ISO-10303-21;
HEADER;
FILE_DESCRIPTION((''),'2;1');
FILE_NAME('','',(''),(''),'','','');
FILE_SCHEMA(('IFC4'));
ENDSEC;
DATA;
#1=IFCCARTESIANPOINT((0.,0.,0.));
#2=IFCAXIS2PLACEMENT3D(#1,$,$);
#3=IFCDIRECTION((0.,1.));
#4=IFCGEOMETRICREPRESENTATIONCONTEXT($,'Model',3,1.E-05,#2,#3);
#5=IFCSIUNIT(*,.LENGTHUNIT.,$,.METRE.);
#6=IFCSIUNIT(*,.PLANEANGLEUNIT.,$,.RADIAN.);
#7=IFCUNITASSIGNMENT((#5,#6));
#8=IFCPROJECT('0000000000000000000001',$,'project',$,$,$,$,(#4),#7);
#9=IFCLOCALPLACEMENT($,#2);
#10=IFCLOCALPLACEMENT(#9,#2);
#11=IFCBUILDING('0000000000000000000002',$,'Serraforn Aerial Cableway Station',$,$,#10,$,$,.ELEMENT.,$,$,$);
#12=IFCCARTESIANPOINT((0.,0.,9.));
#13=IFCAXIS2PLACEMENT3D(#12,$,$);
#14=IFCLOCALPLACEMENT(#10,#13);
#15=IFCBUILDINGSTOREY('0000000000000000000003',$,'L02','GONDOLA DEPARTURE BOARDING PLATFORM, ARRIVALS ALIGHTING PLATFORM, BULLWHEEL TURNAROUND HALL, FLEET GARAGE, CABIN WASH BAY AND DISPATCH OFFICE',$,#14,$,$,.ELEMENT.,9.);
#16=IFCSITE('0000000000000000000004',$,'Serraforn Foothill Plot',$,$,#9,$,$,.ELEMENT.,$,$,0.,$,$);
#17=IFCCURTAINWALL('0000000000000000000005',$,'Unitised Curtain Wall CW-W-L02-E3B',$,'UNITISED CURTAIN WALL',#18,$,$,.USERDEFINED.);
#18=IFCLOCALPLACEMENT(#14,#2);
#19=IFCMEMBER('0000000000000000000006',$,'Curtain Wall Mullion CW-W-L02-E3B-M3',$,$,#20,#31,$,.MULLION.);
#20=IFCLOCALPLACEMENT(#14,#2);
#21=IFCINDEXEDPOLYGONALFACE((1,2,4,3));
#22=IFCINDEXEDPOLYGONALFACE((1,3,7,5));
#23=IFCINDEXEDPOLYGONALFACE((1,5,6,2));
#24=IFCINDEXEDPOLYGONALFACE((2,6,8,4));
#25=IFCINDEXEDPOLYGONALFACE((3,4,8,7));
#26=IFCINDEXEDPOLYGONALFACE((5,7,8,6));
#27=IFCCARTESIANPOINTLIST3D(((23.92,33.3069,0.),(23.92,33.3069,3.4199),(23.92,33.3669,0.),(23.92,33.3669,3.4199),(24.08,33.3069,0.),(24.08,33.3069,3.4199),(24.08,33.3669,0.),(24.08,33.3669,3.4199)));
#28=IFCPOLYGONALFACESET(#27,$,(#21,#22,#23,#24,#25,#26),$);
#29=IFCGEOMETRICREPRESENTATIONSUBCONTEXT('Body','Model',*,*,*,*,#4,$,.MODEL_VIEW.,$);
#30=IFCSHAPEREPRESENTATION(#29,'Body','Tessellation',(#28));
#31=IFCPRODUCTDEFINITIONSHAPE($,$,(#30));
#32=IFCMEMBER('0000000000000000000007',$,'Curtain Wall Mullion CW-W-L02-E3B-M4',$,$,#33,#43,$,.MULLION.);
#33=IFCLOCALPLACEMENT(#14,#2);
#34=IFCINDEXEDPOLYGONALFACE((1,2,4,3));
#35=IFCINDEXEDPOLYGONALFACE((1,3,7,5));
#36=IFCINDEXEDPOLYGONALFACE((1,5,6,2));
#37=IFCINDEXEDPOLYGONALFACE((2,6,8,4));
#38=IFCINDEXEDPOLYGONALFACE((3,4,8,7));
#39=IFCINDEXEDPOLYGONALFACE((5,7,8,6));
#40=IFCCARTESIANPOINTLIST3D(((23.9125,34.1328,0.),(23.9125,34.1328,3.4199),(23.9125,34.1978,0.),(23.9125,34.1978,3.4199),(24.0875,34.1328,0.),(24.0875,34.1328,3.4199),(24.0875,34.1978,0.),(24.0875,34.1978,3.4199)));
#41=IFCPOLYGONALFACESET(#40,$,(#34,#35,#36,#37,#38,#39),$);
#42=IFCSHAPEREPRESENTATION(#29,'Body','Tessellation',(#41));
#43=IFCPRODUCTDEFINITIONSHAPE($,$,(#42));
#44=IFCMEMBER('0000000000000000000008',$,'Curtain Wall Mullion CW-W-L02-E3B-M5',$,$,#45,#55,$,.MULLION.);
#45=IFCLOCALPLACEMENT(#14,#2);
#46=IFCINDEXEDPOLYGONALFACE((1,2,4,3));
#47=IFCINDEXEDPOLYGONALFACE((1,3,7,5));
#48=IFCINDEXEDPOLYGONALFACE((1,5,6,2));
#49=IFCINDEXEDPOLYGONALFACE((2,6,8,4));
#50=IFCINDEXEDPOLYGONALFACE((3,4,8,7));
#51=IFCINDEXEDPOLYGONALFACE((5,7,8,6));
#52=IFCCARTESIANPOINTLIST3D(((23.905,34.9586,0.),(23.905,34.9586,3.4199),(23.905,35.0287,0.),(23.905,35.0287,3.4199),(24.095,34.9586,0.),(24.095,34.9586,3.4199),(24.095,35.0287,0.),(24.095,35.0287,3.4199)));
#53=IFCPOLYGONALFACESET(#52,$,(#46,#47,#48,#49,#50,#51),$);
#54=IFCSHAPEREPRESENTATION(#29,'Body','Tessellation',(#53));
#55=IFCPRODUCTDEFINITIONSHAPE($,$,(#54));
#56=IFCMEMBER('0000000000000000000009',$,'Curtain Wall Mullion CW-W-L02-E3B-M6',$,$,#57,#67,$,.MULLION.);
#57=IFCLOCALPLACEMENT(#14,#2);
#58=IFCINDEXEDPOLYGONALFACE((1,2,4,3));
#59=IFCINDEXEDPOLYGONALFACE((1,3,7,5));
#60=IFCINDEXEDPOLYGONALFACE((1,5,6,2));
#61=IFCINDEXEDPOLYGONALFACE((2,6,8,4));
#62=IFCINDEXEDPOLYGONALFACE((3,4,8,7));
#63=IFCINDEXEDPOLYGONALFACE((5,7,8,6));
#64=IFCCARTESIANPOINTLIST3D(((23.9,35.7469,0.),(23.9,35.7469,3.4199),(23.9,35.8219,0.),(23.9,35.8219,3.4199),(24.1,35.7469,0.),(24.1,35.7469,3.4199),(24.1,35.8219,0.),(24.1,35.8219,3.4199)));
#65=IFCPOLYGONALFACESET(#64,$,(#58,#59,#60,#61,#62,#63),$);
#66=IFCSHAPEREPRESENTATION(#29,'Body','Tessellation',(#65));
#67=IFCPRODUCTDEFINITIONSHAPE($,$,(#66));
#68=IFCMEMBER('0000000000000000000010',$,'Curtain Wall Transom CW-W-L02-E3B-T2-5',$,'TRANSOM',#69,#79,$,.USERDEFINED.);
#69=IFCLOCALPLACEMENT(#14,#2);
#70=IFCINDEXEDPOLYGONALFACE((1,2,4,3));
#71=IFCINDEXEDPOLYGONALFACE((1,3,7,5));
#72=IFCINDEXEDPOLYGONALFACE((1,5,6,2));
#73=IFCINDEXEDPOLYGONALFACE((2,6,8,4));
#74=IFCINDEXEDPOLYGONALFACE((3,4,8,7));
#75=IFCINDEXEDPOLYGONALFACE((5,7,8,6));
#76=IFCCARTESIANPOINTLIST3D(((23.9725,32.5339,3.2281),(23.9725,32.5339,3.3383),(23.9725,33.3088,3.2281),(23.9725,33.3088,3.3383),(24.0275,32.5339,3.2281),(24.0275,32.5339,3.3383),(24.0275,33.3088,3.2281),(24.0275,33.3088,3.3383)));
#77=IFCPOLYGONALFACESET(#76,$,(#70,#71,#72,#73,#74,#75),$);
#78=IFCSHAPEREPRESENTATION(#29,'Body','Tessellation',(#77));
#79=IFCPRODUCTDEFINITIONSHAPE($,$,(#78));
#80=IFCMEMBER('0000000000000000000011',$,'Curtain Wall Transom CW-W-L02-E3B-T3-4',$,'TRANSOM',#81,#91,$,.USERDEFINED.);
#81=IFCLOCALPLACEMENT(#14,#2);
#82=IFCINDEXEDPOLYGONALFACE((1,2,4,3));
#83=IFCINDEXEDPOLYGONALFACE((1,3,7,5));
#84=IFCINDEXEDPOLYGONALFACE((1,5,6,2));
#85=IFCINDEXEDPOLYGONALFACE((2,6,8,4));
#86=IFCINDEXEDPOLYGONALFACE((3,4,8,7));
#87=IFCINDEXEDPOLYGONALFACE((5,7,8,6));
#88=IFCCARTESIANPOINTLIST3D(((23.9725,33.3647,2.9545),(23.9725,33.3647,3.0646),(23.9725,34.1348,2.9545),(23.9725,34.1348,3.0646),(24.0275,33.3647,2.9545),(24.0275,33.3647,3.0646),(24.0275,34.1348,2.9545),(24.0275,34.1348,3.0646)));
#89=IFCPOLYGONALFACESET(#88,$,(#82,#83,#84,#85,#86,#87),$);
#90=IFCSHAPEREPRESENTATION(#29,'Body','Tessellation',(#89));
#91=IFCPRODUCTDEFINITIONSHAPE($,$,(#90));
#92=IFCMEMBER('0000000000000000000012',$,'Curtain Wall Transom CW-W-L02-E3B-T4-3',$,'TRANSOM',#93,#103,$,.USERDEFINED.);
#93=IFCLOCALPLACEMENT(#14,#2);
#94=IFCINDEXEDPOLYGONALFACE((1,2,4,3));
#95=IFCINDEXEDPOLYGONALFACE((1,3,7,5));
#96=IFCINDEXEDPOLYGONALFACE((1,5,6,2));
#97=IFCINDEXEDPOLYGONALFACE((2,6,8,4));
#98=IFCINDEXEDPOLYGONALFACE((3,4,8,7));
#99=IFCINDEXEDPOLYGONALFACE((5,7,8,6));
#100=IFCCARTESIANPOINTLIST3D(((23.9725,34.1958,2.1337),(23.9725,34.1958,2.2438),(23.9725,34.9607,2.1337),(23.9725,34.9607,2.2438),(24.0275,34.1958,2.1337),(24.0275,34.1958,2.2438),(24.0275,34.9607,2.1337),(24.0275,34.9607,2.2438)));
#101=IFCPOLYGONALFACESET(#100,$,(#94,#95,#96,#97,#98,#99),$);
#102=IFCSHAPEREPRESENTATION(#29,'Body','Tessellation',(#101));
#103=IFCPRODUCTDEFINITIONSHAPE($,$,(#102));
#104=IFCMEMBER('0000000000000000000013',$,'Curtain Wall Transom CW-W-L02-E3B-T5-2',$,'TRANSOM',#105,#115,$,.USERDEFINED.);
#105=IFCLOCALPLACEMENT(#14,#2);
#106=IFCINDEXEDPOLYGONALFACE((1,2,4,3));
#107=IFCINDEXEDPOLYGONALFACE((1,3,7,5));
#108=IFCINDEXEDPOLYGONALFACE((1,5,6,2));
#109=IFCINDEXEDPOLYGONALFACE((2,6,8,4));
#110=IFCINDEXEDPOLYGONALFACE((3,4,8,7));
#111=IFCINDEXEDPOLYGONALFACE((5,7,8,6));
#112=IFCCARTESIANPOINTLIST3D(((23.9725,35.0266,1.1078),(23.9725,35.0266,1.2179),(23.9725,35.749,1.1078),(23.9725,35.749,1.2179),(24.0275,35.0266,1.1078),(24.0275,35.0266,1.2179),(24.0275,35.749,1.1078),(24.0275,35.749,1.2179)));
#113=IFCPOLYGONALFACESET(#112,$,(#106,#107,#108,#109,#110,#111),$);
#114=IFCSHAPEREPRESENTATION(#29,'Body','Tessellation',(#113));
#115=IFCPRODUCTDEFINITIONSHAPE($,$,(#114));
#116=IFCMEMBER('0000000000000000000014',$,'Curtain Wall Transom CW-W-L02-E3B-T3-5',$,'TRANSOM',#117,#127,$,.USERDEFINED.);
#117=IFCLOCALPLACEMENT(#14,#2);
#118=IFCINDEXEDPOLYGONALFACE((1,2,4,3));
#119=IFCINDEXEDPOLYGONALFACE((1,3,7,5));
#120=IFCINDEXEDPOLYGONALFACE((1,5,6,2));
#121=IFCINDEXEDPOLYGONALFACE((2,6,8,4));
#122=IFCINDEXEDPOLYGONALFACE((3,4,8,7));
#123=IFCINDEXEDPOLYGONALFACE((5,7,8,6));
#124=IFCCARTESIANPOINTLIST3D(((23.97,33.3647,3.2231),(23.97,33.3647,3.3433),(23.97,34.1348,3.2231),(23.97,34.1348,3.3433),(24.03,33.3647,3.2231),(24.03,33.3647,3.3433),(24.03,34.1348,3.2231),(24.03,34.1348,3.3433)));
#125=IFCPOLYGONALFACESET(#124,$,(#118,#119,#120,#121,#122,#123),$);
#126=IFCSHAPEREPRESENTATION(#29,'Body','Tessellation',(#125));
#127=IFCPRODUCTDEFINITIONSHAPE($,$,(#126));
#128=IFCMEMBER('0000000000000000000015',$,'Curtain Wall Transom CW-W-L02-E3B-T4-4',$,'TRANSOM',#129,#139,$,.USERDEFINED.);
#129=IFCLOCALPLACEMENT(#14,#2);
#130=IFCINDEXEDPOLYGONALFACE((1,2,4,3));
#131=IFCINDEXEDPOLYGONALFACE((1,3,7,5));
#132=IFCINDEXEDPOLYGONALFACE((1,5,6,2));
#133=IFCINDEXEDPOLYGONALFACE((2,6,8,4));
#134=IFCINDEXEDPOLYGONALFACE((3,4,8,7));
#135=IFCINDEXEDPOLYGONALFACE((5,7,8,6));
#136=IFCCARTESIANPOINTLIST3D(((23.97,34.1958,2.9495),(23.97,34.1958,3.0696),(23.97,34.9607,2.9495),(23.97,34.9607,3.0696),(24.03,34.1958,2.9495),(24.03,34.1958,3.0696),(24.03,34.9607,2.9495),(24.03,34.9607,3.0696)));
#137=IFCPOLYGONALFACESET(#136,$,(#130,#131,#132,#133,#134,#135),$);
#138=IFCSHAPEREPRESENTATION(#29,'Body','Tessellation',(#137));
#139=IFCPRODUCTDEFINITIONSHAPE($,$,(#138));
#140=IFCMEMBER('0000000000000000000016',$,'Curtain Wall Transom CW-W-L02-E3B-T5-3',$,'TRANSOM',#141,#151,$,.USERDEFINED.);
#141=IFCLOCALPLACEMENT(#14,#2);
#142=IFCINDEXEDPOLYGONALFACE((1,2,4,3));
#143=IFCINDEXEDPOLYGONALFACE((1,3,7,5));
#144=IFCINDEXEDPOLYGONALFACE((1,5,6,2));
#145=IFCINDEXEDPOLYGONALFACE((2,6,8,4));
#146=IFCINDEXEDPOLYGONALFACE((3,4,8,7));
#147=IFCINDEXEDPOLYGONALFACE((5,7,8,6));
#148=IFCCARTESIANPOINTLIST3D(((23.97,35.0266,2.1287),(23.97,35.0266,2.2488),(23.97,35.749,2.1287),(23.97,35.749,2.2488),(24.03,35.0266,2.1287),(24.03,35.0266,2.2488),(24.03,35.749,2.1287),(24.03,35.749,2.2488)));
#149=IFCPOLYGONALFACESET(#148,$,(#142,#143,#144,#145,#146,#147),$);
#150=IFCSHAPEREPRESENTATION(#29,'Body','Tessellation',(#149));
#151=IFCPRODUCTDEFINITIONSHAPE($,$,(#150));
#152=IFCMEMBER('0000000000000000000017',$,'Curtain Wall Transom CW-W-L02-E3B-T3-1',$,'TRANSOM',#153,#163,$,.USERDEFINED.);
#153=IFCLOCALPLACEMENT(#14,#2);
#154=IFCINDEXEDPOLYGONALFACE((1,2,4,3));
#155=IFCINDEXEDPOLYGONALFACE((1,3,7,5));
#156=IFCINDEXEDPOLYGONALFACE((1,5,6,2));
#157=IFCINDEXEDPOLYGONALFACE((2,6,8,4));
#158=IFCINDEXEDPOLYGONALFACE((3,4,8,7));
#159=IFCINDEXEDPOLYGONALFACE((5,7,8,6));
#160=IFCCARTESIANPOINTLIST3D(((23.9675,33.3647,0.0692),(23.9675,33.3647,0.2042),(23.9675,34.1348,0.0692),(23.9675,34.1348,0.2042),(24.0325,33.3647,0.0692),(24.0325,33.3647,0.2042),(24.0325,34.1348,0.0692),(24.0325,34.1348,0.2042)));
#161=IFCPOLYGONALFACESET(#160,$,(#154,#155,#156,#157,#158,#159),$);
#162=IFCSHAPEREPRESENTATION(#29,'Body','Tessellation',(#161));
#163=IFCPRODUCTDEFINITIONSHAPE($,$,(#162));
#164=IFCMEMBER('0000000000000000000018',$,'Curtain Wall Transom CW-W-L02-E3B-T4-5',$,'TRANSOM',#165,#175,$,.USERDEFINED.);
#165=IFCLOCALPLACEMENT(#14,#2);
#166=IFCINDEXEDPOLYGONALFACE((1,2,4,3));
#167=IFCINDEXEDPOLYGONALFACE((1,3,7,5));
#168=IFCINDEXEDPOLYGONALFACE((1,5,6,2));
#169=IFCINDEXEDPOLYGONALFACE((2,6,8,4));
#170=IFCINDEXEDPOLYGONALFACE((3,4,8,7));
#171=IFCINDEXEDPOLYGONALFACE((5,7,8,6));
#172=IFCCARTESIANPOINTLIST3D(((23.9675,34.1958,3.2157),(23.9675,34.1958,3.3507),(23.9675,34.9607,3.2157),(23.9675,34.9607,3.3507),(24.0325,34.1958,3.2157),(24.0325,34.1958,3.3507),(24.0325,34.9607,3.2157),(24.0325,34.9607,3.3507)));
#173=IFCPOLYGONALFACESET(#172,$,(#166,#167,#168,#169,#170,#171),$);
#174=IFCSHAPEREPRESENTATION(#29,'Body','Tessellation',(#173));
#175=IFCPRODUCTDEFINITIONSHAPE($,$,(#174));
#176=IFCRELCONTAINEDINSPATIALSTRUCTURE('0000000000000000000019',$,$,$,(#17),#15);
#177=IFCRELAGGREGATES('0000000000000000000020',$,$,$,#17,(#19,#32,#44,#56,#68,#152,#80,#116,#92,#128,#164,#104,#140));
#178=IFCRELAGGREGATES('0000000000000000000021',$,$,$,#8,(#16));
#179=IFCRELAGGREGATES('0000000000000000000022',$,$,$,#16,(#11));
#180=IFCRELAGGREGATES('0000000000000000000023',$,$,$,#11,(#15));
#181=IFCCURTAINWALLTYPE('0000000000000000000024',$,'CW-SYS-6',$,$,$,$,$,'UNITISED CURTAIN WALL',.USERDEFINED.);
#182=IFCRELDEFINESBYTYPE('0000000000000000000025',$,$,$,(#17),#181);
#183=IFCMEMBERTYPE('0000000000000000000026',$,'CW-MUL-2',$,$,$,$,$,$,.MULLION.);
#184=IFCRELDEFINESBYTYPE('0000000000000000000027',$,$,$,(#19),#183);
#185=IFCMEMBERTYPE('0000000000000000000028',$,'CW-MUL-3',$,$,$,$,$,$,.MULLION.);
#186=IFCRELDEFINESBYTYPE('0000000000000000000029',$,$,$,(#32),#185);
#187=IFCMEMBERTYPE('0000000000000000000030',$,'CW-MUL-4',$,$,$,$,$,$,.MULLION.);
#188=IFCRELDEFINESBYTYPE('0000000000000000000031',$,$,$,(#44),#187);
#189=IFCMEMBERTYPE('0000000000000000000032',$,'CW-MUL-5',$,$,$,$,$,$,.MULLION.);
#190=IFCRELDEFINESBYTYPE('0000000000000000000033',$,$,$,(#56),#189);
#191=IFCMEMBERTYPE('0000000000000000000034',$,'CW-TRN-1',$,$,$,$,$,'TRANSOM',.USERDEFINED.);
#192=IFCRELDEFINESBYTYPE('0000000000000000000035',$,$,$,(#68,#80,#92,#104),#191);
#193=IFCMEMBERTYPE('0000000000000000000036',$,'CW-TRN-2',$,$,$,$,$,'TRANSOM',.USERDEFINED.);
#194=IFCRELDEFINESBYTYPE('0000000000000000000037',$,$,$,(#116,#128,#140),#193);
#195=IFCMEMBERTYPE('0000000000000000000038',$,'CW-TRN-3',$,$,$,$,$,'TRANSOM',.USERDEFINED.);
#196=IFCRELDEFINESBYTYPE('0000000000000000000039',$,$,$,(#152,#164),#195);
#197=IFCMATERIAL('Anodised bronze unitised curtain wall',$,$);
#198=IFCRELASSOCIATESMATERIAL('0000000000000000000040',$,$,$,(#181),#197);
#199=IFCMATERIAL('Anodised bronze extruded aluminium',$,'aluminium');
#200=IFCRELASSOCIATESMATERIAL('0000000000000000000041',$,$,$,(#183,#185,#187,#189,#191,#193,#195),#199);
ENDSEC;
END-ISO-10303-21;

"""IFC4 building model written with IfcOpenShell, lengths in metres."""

from ifc_helpers import new_model, si_unit, direction, frame, origin, origin_2d, place, context, subcontext, project, spatial, rectangle, extrude, material, material_profile, profile_set, type_object, element, aggregate, save


model = new_model("IFC4")

# Units and contexts
model_context = context("Model", 3, precision=1e-05, world=origin(), true_north=direction((0.0, 1.0)))
body_context = subcontext(model_context, "Body", "Model", "MODEL_VIEW")
ifc_project = project(units=[si_unit("LENGTHUNIT", "METRE"), si_unit("PLANEANGLEUNIT", "RADIAN")], contexts=[model_context])

# Site, building, storey
site_placement = place(None, origin())
site = spatial("IfcSite", under=ifc_project, at=site_placement, Name="Serraforn Foothill Plot", CompositionType="ELEMENT", RefElevation=0.0)
building_placement = place(site_placement, origin())
building = spatial("IfcBuilding", under=site, at=building_placement, Name="Serraforn Aerial Cableway Station", CompositionType="ELEMENT")
storey_placement = place(building_placement, frame((0.0, 0.0, 9.0)))
storey = spatial("IfcBuildingStorey", under=building, at=storey_placement, Name="L02", Description="GONDOLA DEPARTURE BOARDING PLATFORM, ARRIVALS ALIGHTING PLATFORM, BULLWHEEL TURNAROUND HALL, FLEET GARAGE, CABIN WASH BAY AND DISPATCH OFFICE", CompositionType="ELEMENT", Elevation=9.0)

# Curtain wall, members
ifc_material_1 = material(Name="Anodised bronze unitised curtain wall")
curtain_wall_type = type_object("IfcCurtainWallType", Name="CW-SYS-6", ElementType="UNITISED CURTAIN WALL", PredefinedType="USERDEFINED", material=ifc_material_1)
curtain_wall_placement = place(storey_placement, origin())
curtain_wall = element("IfcCurtainWall", 1, at=curtain_wall_placement, inside=storey, type_object=curtain_wall_type, Name="Unitised Curtain Wall CW-W-L02-E3B", ObjectType="UNITISED CURTAIN WALL", PredefinedType="USERDEFINED")
ifc_material_2 = material(Name="Anodised bronze extruded aluminium", Category="aluminium")
ifc_material_profile_1 = material_profile(ifc_material_2, rectangle(XDim=0.0601, YDim=0.1599, at=origin_2d()), Name="CW MULLION 60x160")
ifc_profile_set_1 = profile_set([ifc_material_profile_1], Name="Anodised bronze extruded aluminium")
member_type_1 = type_object("IfcMemberType", Name="CW-MUL-2", PredefinedType="MULLION", material=ifc_profile_set_1)
member_1_placement = place(storey_placement, frame((24.0, 33.3369, 0.0), z_axis=(0.0, 0.0, 1.0), x_axis=(0.0, 1.0, 0.0)))
member_1 = element("IfcMember", 2, at=member_1_placement, type_object=member_type_1, Name="Curtain Wall Mullion CW-W-L02-E3B-M3", PredefinedType="MULLION", context=body_context, shape_type="SweptSolid", body=[
    extrude(rectangle(XDim=0.0601, YDim=0.1599, at=origin_2d()), origin(), (0.0, 0.0, 1.0), 3.4199),
])
ifc_material_profile_2 = material_profile(ifc_material_2, rectangle(XDim=0.0649, YDim=0.175, at=origin_2d()), Name="CW MULLION 65x175")
ifc_profile_set_2 = profile_set([ifc_material_profile_2], Name="Anodised bronze extruded aluminium")
member_type_2 = type_object("IfcMemberType", Name="CW-MUL-3", PredefinedType="MULLION", material=ifc_profile_set_2)
member_2_placement = place(storey_placement, frame((24.0, 34.1653, 0.0), z_axis=(0.0, 0.0, 1.0), x_axis=(0.0, 1.0, 0.0)))
member_2 = element("IfcMember", 3, at=member_2_placement, type_object=member_type_2, Name="Curtain Wall Mullion CW-W-L02-E3B-M4", PredefinedType="MULLION", context=body_context, shape_type="SweptSolid", body=[
    extrude(rectangle(XDim=0.0649, YDim=0.175, at=origin_2d()), origin(), (0.0, 0.0, 1.0), 3.4199),
])
ifc_material_profile_3 = material_profile(ifc_material_2, rectangle(XDim=0.0701, YDim=0.1899, at=origin_2d()), Name="CW MULLION 70x190")
ifc_profile_set_3 = profile_set([ifc_material_profile_3], Name="Anodised bronze extruded aluminium")
member_type_3 = type_object("IfcMemberType", Name="CW-MUL-4", PredefinedType="MULLION", material=ifc_profile_set_3)
member_3_placement = place(storey_placement, frame((24.0, 34.9937, 0.0), z_axis=(0.0, 0.0, 1.0), x_axis=(0.0, 1.0, 0.0)))
member_3 = element("IfcMember", 4, at=member_3_placement, type_object=member_type_3, Name="Curtain Wall Mullion CW-W-L02-E3B-M5", PredefinedType="MULLION", context=body_context, shape_type="SweptSolid", body=[
    extrude(rectangle(XDim=0.0701, YDim=0.1899, at=origin_2d()), origin(), (0.0, 0.0, 1.0), 3.4199),
])
ifc_material_profile_4 = material_profile(ifc_material_2, rectangle(XDim=0.075, YDim=0.2, at=origin_2d()), Name="CW MULLION 75x200")
ifc_profile_set_4 = profile_set([ifc_material_profile_4], Name="Anodised bronze extruded aluminium")
member_type_4 = type_object("IfcMemberType", Name="CW-MUL-5", PredefinedType="MULLION", material=ifc_profile_set_4)
member_4_placement = place(storey_placement, frame((24.0, 35.7844, 0.0), z_axis=(0.0, 0.0, 1.0), x_axis=(0.0, 1.0, 0.0)))
member_4 = element("IfcMember", 5, at=member_4_placement, type_object=member_type_4, Name="Curtain Wall Mullion CW-W-L02-E3B-M6", PredefinedType="MULLION", context=body_context, shape_type="SweptSolid", body=[
    extrude(rectangle(XDim=0.075, YDim=0.2, at=origin_2d()), origin(), (0.0, 0.0, 1.0), 3.4199),
])
ifc_material_profile_5 = material_profile(ifc_material_2, rectangle(XDim=0.0549, YDim=0.1101, at=origin_2d()), Name="CW TRANSOM 55x110")
ifc_profile_set_5 = profile_set([ifc_material_profile_5], Name="Anodised bronze extruded aluminium")
member_type_5 = type_object("IfcMemberType", Name="CW-TRN-1", ElementType="TRANSOM", PredefinedType="USERDEFINED", material=ifc_profile_set_5)
member_5_placement = place(storey_placement, frame((24.0, 32.5339, 3.2832), z_axis=(0.0, 1.0, 0.0), x_axis=(-1.0, 0.0, 0.0)))
member_5 = element("IfcMember", 6, at=member_5_placement, type_object=member_type_5, Name="Curtain Wall Transom CW-W-L02-E3B-T2-5", ObjectType="TRANSOM", PredefinedType="USERDEFINED", context=body_context, shape_type="SweptSolid", body=[
    extrude(rectangle(XDim=0.0549, YDim=0.1101, at=origin_2d()), origin(), (0.0, 0.0, 1.0), 0.7749),
])
member_6_placement = place(storey_placement, frame((24.0, 33.3647, 3.0095), z_axis=(0.0, 1.0, 0.0), x_axis=(-1.0, 0.0, 0.0)))
member_6 = element("IfcMember", 7, at=member_6_placement, type_object=member_type_5, Name="Curtain Wall Transom CW-W-L02-E3B-T3-4", ObjectType="TRANSOM", PredefinedType="USERDEFINED", context=body_context, shape_type="SweptSolid", body=[
    extrude(rectangle(XDim=0.0549, YDim=0.1101, at=origin_2d()), origin(), (0.0, 0.0, 1.0), 0.77),
])
member_7_placement = place(storey_placement, frame((24.0, 34.1958, 2.1887), z_axis=(0.0, 1.0, 0.0), x_axis=(-1.0, 0.0, 0.0)))
member_7 = element("IfcMember", 8, at=member_7_placement, type_object=member_type_5, Name="Curtain Wall Transom CW-W-L02-E3B-T4-3", ObjectType="TRANSOM", PredefinedType="USERDEFINED", context=body_context, shape_type="SweptSolid", body=[
    extrude(rectangle(XDim=0.0549, YDim=0.1101, at=origin_2d()), origin(), (0.0, 0.0, 1.0), 0.7649),
])
member_8_placement = place(storey_placement, frame((24.0, 35.0266, 1.1628), z_axis=(0.0, 1.0, 0.0), x_axis=(-1.0, 0.0, 0.0)))
member_8 = element("IfcMember", 9, at=member_8_placement, type_object=member_type_5, Name="Curtain Wall Transom CW-W-L02-E3B-T5-2", ObjectType="TRANSOM", PredefinedType="USERDEFINED", context=body_context, shape_type="SweptSolid", body=[
    extrude(rectangle(XDim=0.0549, YDim=0.1101, at=origin_2d()), origin(), (0.0, 0.0, 1.0), 0.7224),
])
ifc_material_profile_6 = material_profile(ifc_material_2, rectangle(XDim=0.0601, YDim=0.1201, at=origin_2d()), Name="CW TRANSOM 60x120")
ifc_profile_set_6 = profile_set([ifc_material_profile_6], Name="Anodised bronze extruded aluminium")
member_type_6 = type_object("IfcMemberType", Name="CW-TRN-2", ElementType="TRANSOM", PredefinedType="USERDEFINED", material=ifc_profile_set_6)
member_9_placement = place(storey_placement, frame((24.0, 33.3647, 3.2832), z_axis=(0.0, 1.0, 0.0), x_axis=(-1.0, 0.0, 0.0)))
member_9 = element("IfcMember", 10, at=member_9_placement, type_object=member_type_6, Name="Curtain Wall Transom CW-W-L02-E3B-T3-5", ObjectType="TRANSOM", PredefinedType="USERDEFINED", context=body_context, shape_type="SweptSolid", body=[
    extrude(rectangle(XDim=0.0601, YDim=0.1201, at=origin_2d()), origin(), (0.0, 0.0, 1.0), 0.77),
])
member_10_placement = place(storey_placement, frame((24.0, 34.1958, 3.0095), z_axis=(0.0, 1.0, 0.0), x_axis=(-1.0, 0.0, 0.0)))
member_10 = element("IfcMember", 11, at=member_10_placement, type_object=member_type_6, Name="Curtain Wall Transom CW-W-L02-E3B-T4-4", ObjectType="TRANSOM", PredefinedType="USERDEFINED", context=body_context, shape_type="SweptSolid", body=[
    extrude(rectangle(XDim=0.0601, YDim=0.1201, at=origin_2d()), origin(), (0.0, 0.0, 1.0), 0.7649),
])
member_11_placement = place(storey_placement, frame((24.0, 35.0266, 2.1887), z_axis=(0.0, 1.0, 0.0), x_axis=(-1.0, 0.0, 0.0)))
member_11 = element("IfcMember", 12, at=member_11_placement, type_object=member_type_6, Name="Curtain Wall Transom CW-W-L02-E3B-T5-3", ObjectType="TRANSOM", PredefinedType="USERDEFINED", context=body_context, shape_type="SweptSolid", body=[
    extrude(rectangle(XDim=0.0601, YDim=0.1201, at=origin_2d()), origin(), (0.0, 0.0, 1.0), 0.7224),
])
ifc_material_profile_7 = material_profile(ifc_material_2, rectangle(XDim=0.0649, YDim=0.135, at=origin_2d()), Name="CW TRANSOM 65x135")
ifc_profile_set_7 = profile_set([ifc_material_profile_7], Name="Anodised bronze extruded aluminium")
member_type_7 = type_object("IfcMemberType", Name="CW-TRN-3", ElementType="TRANSOM", PredefinedType="USERDEFINED", material=ifc_profile_set_7)
member_12_placement = place(storey_placement, frame((24.0, 33.3647, 0.1367), z_axis=(0.0, 1.0, 0.0), x_axis=(-1.0, 0.0, 0.0)))
member_12 = element("IfcMember", 13, at=member_12_placement, type_object=member_type_7, Name="Curtain Wall Transom CW-W-L02-E3B-T3-1", ObjectType="TRANSOM", PredefinedType="USERDEFINED", context=body_context, shape_type="SweptSolid", body=[
    extrude(rectangle(XDim=0.0649, YDim=0.135, at=origin_2d()), origin(), (0.0, 0.0, 1.0), 0.77),
])
member_13_placement = place(storey_placement, frame((24.0, 34.1958, 3.2832), z_axis=(0.0, 1.0, 0.0), x_axis=(-1.0, 0.0, 0.0)))
member_13 = element("IfcMember", 14, at=member_13_placement, type_object=member_type_7, Name="Curtain Wall Transom CW-W-L02-E3B-T4-5", ObjectType="TRANSOM", PredefinedType="USERDEFINED", context=body_context, shape_type="SweptSolid", body=[
    extrude(rectangle(XDim=0.0649, YDim=0.135, at=origin_2d()), origin(), (0.0, 0.0, 1.0), 0.7649),
])
aggregate(curtain_wall, [member_1, member_2, member_3, member_4, member_5, member_12, member_6, member_9, member_7, member_10, member_13, member_8, member_11])

save(model, "model.ifc")
